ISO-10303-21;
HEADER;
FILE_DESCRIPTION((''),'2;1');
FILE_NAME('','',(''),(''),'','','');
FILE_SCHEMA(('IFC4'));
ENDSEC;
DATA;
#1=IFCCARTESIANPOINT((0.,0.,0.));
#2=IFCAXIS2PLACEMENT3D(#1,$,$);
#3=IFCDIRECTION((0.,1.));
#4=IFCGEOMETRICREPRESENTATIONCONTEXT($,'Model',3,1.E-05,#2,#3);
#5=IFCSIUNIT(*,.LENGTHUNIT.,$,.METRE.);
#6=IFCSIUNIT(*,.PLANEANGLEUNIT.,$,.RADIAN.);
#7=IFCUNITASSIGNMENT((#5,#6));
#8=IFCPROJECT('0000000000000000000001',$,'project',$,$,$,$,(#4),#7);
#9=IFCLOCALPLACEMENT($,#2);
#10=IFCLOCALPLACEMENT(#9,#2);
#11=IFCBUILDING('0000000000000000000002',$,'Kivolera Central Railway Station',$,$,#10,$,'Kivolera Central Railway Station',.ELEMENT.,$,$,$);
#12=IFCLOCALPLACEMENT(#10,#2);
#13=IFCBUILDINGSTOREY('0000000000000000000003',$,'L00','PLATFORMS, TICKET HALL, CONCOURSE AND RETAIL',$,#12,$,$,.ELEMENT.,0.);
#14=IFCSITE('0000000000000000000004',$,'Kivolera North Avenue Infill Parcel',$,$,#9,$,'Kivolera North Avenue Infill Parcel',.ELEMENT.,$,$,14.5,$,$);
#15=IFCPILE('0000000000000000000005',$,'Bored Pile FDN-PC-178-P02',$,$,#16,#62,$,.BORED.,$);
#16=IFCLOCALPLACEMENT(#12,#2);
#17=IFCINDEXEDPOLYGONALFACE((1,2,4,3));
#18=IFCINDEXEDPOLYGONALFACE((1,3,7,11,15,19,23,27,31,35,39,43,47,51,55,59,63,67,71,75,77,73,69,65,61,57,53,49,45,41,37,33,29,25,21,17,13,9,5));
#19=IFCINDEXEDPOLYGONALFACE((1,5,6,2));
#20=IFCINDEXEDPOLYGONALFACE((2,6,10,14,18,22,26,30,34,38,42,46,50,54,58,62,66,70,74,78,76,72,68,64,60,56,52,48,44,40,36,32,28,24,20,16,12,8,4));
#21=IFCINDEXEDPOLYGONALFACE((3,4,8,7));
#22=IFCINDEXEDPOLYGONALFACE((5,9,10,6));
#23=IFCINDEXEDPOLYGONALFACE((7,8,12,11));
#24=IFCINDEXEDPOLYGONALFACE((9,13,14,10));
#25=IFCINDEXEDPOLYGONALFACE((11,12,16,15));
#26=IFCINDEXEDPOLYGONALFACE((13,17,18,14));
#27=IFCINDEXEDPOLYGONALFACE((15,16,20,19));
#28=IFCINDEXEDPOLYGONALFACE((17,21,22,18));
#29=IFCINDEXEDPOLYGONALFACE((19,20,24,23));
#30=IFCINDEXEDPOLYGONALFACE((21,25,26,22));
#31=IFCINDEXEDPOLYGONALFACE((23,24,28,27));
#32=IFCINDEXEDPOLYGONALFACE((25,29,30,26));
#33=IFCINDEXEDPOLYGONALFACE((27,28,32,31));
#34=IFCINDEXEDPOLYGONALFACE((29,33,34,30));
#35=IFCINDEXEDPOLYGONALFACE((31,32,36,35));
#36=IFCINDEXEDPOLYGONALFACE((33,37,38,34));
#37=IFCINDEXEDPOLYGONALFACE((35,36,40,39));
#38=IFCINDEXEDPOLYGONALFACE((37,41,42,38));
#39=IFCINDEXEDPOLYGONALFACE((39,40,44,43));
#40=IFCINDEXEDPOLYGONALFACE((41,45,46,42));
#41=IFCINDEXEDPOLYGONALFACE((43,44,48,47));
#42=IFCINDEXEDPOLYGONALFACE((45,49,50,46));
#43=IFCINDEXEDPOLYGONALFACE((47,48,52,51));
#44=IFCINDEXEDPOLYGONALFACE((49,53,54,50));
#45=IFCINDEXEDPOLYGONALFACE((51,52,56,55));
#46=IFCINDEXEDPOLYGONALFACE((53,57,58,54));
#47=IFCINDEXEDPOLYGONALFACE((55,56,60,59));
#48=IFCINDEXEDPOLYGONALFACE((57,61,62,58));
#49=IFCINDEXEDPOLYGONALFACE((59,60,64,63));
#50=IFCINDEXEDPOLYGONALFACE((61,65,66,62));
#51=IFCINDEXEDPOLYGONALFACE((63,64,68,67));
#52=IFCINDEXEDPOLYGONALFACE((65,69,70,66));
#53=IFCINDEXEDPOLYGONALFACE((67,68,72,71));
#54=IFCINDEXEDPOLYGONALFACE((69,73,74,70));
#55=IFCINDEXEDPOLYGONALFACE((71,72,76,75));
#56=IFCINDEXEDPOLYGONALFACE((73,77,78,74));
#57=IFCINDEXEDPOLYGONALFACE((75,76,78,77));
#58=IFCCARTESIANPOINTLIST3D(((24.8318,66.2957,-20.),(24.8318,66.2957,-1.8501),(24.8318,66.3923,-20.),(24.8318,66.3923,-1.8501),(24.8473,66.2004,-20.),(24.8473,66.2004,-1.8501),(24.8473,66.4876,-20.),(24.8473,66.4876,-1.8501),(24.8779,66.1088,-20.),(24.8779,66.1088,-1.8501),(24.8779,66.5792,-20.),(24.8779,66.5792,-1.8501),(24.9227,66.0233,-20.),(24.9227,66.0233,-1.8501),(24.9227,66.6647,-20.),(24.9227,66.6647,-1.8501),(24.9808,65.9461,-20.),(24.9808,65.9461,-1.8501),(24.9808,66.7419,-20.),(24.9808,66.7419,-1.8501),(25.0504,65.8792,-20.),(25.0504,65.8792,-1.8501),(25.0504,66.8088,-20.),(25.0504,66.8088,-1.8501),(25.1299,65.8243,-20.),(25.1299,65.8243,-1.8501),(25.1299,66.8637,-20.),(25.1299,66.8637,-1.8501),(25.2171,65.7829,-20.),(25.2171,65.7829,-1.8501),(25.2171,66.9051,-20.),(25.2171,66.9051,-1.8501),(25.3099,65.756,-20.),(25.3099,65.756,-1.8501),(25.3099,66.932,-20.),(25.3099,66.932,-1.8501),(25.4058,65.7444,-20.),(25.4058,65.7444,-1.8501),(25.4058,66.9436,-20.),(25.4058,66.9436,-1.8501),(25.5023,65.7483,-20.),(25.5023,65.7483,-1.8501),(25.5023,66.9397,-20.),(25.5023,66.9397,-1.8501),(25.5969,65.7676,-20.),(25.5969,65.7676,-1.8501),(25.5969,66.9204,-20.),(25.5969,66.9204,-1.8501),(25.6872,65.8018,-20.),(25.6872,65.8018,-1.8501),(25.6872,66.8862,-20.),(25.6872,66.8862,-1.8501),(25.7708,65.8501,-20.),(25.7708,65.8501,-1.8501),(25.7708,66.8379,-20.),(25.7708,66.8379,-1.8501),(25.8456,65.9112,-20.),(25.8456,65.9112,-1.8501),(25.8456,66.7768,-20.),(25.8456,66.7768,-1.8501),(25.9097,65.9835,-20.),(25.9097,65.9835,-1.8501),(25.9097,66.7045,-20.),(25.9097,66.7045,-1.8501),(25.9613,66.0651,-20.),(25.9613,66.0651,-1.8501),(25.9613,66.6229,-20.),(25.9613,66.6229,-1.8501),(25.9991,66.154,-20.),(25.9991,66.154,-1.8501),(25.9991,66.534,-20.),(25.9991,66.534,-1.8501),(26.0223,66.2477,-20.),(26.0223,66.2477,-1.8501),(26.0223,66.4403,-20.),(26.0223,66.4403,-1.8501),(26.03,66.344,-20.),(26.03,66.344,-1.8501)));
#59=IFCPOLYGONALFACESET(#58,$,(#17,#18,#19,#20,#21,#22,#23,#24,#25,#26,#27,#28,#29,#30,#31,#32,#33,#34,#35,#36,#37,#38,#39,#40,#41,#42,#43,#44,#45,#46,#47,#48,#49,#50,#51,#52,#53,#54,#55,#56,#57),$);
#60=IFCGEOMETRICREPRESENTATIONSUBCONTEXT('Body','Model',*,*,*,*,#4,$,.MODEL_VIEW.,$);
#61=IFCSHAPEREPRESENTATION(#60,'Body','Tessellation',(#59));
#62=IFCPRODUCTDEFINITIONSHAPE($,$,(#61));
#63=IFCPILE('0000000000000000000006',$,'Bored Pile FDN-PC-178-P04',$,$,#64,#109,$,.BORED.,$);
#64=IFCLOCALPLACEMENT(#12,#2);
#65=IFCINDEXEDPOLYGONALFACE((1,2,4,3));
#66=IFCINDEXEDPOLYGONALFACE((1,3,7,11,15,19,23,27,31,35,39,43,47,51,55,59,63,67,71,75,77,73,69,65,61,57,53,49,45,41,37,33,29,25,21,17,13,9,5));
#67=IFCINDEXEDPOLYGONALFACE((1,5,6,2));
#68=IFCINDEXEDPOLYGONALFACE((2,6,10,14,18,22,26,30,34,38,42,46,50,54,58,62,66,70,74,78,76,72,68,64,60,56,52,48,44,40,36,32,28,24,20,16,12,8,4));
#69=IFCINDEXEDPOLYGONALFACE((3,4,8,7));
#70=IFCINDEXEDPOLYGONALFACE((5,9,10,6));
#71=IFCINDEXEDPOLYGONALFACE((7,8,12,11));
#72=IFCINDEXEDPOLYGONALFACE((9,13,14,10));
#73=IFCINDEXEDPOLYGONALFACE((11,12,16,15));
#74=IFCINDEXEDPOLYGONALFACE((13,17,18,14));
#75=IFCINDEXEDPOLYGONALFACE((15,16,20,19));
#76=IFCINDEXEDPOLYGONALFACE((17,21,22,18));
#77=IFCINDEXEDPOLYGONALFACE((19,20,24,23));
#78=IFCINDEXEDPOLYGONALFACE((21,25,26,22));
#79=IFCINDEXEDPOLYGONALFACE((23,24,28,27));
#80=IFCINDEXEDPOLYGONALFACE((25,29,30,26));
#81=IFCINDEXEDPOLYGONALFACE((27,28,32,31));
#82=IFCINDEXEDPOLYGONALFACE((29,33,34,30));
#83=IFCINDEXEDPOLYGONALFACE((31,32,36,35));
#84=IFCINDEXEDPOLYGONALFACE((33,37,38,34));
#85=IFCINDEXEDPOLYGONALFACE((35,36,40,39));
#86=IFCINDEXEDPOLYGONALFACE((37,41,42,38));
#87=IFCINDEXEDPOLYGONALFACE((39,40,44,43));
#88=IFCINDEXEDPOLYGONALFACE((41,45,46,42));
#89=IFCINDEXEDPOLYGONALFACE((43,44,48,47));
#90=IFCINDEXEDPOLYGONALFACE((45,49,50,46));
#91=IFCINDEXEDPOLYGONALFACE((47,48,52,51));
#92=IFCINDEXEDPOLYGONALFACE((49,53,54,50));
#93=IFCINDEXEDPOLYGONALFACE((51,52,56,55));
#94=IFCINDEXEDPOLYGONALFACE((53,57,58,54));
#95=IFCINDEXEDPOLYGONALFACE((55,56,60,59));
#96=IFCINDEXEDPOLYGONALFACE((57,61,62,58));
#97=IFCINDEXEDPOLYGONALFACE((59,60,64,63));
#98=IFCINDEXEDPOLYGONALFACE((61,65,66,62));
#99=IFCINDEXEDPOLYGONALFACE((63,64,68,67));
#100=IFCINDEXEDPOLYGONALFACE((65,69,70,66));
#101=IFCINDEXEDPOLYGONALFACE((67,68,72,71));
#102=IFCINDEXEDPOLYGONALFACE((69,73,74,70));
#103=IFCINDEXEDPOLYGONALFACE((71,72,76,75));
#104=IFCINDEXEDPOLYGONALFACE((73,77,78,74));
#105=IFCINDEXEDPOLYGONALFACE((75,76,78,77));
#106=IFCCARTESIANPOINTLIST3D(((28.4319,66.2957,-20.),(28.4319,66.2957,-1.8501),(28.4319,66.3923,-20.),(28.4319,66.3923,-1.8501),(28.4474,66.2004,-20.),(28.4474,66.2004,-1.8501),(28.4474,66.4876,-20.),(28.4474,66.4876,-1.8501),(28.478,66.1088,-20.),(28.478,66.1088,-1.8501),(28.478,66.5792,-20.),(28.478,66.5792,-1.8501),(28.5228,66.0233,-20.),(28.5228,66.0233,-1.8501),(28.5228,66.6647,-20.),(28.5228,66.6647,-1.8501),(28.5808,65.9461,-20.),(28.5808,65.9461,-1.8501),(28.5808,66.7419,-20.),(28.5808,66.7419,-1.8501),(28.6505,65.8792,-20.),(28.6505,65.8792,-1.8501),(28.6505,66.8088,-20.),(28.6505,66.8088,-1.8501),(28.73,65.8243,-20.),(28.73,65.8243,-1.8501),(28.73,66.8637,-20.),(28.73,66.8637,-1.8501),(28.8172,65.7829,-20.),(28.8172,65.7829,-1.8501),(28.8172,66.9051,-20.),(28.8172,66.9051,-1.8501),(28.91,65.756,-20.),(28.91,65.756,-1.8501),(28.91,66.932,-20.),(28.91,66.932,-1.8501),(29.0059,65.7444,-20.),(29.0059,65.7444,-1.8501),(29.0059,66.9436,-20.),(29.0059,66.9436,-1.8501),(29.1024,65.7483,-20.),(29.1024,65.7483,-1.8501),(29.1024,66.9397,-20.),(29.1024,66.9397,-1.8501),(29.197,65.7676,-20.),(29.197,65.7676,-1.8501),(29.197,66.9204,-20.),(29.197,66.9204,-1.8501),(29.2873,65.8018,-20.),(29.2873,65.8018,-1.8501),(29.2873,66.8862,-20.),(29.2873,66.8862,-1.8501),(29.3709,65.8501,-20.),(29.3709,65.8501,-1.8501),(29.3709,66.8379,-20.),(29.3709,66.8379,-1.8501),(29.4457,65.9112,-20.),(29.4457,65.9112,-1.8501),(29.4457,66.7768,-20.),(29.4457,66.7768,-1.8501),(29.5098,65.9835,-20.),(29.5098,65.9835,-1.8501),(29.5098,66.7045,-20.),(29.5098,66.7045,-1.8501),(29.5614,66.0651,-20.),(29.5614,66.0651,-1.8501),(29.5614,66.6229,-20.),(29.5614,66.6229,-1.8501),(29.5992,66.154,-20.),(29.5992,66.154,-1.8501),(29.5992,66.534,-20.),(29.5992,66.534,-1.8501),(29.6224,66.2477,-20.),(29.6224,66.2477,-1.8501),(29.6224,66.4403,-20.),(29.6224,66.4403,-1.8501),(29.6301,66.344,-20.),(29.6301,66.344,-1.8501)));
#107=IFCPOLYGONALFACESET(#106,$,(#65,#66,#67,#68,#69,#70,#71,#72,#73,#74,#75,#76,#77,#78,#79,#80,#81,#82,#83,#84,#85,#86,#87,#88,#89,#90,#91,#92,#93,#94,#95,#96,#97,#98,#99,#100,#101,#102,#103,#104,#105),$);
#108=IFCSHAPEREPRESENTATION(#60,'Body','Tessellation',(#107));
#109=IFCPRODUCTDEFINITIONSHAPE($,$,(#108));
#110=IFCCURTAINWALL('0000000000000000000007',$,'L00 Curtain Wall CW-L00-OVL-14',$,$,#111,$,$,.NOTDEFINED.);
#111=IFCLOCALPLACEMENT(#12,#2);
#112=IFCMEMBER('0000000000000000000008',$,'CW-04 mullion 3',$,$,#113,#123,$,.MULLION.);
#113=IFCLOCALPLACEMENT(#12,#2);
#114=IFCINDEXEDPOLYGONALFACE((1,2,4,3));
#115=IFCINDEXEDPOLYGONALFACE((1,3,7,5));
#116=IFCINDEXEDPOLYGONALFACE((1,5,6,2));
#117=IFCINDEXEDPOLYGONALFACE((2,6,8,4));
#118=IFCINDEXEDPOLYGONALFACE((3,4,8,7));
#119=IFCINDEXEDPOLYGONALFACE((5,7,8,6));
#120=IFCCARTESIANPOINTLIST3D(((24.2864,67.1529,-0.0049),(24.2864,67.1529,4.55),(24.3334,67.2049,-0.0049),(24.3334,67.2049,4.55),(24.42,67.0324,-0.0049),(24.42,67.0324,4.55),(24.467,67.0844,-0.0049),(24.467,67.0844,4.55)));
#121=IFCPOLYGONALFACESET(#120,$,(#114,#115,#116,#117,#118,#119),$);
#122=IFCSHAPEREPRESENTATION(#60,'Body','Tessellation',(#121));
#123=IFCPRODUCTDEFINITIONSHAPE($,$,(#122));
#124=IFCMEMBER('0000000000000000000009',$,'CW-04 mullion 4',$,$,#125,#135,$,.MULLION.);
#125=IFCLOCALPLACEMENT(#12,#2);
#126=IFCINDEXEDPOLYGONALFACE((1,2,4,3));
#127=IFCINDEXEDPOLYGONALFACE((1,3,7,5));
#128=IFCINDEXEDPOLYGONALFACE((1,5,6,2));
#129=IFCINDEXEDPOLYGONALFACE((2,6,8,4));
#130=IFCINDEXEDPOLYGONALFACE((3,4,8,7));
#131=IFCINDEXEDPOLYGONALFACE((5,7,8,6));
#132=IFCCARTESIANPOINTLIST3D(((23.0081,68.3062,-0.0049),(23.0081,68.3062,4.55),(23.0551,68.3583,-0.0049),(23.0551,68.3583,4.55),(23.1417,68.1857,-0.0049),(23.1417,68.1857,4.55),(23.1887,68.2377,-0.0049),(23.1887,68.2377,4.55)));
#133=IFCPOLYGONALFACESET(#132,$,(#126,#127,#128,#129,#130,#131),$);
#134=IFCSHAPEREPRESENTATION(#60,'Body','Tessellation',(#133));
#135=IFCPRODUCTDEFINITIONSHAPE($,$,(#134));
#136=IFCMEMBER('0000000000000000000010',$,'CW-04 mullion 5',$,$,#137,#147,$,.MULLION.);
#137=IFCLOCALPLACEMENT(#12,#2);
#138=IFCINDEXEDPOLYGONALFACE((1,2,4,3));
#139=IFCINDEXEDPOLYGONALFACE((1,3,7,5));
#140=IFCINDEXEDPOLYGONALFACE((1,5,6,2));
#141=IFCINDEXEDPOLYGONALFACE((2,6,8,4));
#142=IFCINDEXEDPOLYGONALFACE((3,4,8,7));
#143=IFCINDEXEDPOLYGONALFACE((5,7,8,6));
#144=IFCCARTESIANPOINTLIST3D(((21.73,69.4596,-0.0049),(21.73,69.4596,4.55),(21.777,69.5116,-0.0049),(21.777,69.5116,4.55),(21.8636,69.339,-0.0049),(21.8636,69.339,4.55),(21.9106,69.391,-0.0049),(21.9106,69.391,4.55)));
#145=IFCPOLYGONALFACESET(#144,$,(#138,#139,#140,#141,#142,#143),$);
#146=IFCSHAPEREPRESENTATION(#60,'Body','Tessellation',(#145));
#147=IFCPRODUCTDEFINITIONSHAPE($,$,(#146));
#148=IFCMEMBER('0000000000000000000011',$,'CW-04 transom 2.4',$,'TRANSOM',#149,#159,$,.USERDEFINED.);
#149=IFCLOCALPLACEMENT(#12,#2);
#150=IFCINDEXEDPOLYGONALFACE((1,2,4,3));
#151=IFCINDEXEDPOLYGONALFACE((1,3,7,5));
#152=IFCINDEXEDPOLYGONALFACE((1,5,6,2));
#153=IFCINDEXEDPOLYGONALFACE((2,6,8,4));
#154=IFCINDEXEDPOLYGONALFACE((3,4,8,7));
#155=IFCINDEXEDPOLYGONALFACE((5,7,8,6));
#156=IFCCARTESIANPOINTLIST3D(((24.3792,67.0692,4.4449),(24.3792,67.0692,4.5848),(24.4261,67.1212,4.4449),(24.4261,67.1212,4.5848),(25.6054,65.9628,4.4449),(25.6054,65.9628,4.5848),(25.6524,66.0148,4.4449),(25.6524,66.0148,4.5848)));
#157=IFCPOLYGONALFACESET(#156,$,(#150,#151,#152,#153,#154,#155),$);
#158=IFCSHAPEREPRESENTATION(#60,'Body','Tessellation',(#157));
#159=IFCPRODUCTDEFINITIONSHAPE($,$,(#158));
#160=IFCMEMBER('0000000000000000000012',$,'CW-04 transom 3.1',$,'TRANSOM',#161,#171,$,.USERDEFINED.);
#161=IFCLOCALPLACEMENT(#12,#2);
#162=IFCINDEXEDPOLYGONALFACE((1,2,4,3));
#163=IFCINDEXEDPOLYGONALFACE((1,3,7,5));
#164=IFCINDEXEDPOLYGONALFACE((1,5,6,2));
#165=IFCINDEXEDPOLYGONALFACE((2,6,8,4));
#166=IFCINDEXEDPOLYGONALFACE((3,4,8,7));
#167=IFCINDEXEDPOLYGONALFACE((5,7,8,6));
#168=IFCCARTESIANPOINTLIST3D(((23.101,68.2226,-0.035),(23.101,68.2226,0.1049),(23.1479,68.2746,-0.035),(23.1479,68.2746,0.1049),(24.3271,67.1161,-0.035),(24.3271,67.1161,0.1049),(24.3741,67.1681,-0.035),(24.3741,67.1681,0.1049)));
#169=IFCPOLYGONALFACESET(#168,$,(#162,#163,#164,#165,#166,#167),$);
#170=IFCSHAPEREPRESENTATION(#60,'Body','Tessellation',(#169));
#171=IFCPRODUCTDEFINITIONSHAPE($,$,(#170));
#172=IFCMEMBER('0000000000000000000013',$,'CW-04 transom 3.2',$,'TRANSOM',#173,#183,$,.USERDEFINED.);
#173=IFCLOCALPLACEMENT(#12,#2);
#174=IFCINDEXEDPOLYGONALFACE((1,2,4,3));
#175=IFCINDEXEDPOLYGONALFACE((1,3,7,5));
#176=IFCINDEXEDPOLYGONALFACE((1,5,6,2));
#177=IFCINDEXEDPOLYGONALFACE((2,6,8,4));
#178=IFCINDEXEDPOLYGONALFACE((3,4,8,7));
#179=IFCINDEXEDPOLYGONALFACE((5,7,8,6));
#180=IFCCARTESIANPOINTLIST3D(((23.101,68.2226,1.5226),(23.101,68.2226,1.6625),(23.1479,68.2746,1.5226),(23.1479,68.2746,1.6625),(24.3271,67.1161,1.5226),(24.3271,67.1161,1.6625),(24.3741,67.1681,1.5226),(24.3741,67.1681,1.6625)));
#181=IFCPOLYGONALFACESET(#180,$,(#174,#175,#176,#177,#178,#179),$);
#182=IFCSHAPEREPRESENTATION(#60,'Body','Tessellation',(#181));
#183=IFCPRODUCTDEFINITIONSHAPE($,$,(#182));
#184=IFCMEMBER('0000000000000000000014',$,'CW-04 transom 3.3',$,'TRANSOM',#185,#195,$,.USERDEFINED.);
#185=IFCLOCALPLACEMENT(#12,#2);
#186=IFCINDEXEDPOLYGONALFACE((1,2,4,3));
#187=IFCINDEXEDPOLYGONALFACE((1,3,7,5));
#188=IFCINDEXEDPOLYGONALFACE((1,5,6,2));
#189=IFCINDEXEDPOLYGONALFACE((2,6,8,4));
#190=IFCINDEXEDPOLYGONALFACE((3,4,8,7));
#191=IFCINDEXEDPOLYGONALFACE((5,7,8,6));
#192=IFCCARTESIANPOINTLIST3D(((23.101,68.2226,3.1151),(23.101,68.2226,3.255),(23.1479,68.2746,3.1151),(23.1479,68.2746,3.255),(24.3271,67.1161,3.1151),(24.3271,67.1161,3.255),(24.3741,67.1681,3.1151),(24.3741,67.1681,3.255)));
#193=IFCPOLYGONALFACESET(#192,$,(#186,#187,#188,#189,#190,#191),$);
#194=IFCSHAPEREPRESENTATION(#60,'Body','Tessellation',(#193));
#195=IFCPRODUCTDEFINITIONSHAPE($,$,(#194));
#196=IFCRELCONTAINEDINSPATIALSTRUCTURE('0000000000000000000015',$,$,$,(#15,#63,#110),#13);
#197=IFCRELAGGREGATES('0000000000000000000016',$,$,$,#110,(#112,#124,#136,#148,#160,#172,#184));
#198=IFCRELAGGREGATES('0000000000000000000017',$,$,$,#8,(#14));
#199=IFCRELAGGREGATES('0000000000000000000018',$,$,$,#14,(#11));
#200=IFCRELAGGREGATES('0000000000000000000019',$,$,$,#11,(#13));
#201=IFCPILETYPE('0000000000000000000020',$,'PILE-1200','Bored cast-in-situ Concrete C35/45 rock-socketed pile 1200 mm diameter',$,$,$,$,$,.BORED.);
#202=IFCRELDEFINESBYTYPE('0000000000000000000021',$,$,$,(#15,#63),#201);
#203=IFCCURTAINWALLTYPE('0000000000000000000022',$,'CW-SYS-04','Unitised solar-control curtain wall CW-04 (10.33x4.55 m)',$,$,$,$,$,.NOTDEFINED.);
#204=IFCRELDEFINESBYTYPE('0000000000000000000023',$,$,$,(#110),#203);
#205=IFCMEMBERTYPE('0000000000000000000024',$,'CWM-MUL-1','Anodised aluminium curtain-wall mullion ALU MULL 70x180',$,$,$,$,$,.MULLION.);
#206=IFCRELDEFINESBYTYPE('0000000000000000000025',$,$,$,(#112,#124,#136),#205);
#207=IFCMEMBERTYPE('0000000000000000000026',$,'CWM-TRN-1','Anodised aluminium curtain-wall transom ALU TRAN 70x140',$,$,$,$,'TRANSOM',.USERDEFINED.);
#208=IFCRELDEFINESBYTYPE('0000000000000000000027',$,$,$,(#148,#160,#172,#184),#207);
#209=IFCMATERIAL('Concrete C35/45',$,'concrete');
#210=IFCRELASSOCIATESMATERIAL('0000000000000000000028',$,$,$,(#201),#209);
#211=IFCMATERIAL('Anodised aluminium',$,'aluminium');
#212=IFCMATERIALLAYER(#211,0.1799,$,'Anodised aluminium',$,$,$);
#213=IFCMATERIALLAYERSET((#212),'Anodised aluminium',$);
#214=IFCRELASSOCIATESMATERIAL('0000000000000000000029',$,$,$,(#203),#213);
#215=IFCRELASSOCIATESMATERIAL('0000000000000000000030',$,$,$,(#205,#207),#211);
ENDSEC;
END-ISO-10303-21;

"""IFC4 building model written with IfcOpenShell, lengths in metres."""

from ifc_helpers import new_model, si_unit, direction, frame, origin, origin_2d, place, context, subcontext, project, spatial, rectangle, circle, extrude, material, layer, layer_set, material_profile, profile_set, type_object, element, aggregate, save


model = new_model("IFC4")

# Units and contexts
model_context = context("Model", 3, precision=1e-05, world=origin(), true_north=direction((0.0, 1.0)))
body_context = subcontext(model_context, "Body", "Model", "MODEL_VIEW")
ifc_project = project(units=[si_unit("LENGTHUNIT", "METRE"), si_unit("PLANEANGLEUNIT", "RADIAN")], contexts=[model_context])

# Site, building, storey
site_placement = place(None, origin())
site = spatial("IfcSite", under=ifc_project, at=site_placement, Name="Kivolera North Avenue Infill Parcel", LongName="Kivolera North Avenue Infill Parcel", CompositionType="ELEMENT", RefElevation=14.5)
building_placement = place(site_placement, origin())
building = spatial("IfcBuilding", under=site, at=building_placement, Name="Kivolera Central Railway Station", LongName="Kivolera Central Railway Station", CompositionType="ELEMENT")
storey_placement = place(building_placement, origin())
storey = spatial("IfcBuildingStorey", under=building, at=storey_placement, Name="L00", Description="PLATFORMS, TICKET HALL, CONCOURSE AND RETAIL", CompositionType="ELEMENT", Elevation=0.0)

# Piles
ifc_material_1 = material(Name="Concrete C35/45", Category="concrete")
ifc_material_profile_1 = material_profile(ifc_material_1, circle(Radius=0.6001, at=origin_2d()), Name="PILE D1200")
ifc_profile_set_1 = profile_set([ifc_material_profile_1], Name="Concrete C35/45")
pile_type = type_object("IfcPileType", Name="PILE-1200", Description="Bored cast-in-situ Concrete C35/45 rock-socketed pile 1200 mm diameter", PredefinedType="BORED", material=ifc_profile_set_1)
for number, where, z_axis, x_axis, name in (
    (1, (25.4299, 66.344, -1.8501), (0.0, 0.0, -1.0), (1.0, 0.0, 0.0), "Bored Pile FDN-PC-178-P02"),
    (2, (29.03, 66.344, -1.8501), (0.0, 0.0, -1.0), (1.0, 0.0, 0.0), "Bored Pile FDN-PC-178-P04"),
):
    element("IfcPile", number, at=place(storey_placement, frame(where, z_axis=z_axis, x_axis=x_axis)), inside=storey, type_object=pile_type, Name=name, PredefinedType="BORED", context=body_context, shape_type="SweptSolid", body=[
        extrude(circle(Radius=0.6001, at=origin_2d()), origin(), (0.0, 0.0, 1.0), 18.1499),
    ])

# Curtain wall, members
ifc_material_2 = material(Name="Anodised aluminium", Category="aluminium")
ifc_layer_1 = layer(ifc_material_2, 0.1799, Name="Anodised aluminium")
ifc_layer_set_1 = layer_set([ifc_layer_1], Name="Anodised aluminium")
curtain_wall_type = type_object("IfcCurtainWallType", Name="CW-SYS-04", Description="Unitised solar-control curtain wall CW-04 (10.33x4.55 m)", PredefinedType="NOTDEFINED", material=ifc_layer_set_1)
curtain_wall_placement = place(storey_placement, origin())
curtain_wall = element("IfcCurtainWall", 3, at=curtain_wall_placement, inside=storey, type_object=curtain_wall_type, Name="L00 Curtain Wall CW-L00-OVL-14", PredefinedType="NOTDEFINED")
ifc_material_profile_2 = material_profile(ifc_material_2, rectangle(XDim=0.0701, YDim=0.1799, at=origin_2d()), Name="ALU MULL 70x180")
ifc_profile_set_2 = profile_set([ifc_material_profile_2], Name="Anodised aluminium")
member_type_1 = type_object("IfcMemberType", Name="CWM-MUL-1", Description="Anodised aluminium curtain-wall mullion ALU MULL 70x180", PredefinedType="MULLION", material=ifc_profile_set_2)
member_1_placement = place(storey_placement, frame((24.3767, 67.1187, -0.0049), z_axis=(0.0, 0.0, 1.0), x_axis=(-0.669922, -0.742432, 0.0)))
member_1 = element("IfcMember", 4, at=member_1_placement, type_object=member_type_1, Name="CW-04 mullion 3", PredefinedType="MULLION", context=body_context, shape_type="SweptSolid", body=[
    extrude(rectangle(XDim=0.0701, YDim=0.1799, at=origin_2d()), origin(), (0.0, 0.0, 1.0), 4.5549),
])
member_2_placement = place(storey_placement, frame((23.0984, 68.272, -0.0049), z_axis=(0.0, 0.0, 1.0), x_axis=(-0.669922, -0.742432, 0.0)))
member_2 = element("IfcMember", 5, at=member_2_placement, type_object=member_type_1, Name="CW-04 mullion 4", PredefinedType="MULLION", context=body_context, shape_type="SweptSolid", body=[
    extrude(rectangle(XDim=0.0701, YDim=0.1799, at=origin_2d()), origin(), (0.0, 0.0, 1.0), 4.5549),
])
member_3_placement = place(storey_placement, frame((21.8203, 69.4253, -0.0049), z_axis=(0.0, 0.0, 1.0), x_axis=(-0.669922, -0.742432, 0.0)))
member_3 = element("IfcMember", 6, at=member_3_placement, type_object=member_type_1, Name="CW-04 mullion 5", PredefinedType="MULLION", context=body_context, shape_type="SweptSolid", body=[
    extrude(rectangle(XDim=0.0701, YDim=0.1799, at=origin_2d()), origin(), (0.0, 0.0, 1.0), 4.5549),
])
ifc_material_profile_3 = material_profile(ifc_material_2, rectangle(XDim=0.0701, YDim=0.1399, at=origin_2d()), Name="ALU TRAN 70x140")
ifc_profile_set_3 = profile_set([ifc_material_profile_3], Name="Anodised aluminium")
member_type_2 = type_object("IfcMemberType", Name="CWM-TRN-1", Description="Anodised aluminium curtain-wall transom ALU TRAN 70x140", ElementType="TRANSOM", PredefinedType="USERDEFINED", material=ifc_profile_set_3)
member_4_placement = place(storey_placement, frame((25.6289, 65.9888, 4.5149), z_axis=(-0.742463, 0.669887, 0.0), x_axis=(-0.669887, -0.742463, 0.0)))
member_4 = element("IfcMember", 7, at=member_4_placement, type_object=member_type_2, Name="CW-04 transom 2.4", ObjectType="TRANSOM", PredefinedType="USERDEFINED", context=body_context, shape_type="SweptSolid", body=[
    extrude(rectangle(XDim=0.0701, YDim=0.1399, at=origin_2d()), origin(), (0.0, 0.0, 1.0), 1.6516),
])
member_5_placement = place(storey_placement, frame((24.3506, 67.1421, 0.0349), z_axis=(-0.742397, 0.669961, 0.0), x_axis=(-0.669961, -0.742397, 0.0)))
member_5 = element("IfcMember", 8, at=member_5_placement, type_object=member_type_2, Name="CW-04 transom 3.1", ObjectType="TRANSOM", PredefinedType="USERDEFINED", context=body_context, shape_type="SweptSolid", body=[
    extrude(rectangle(XDim=0.0701, YDim=0.1399, at=origin_2d()), origin(), (0.0, 0.0, 1.0), 1.6516),
])
member_6_placement = place(storey_placement, frame((24.3506, 67.1421, 1.5925), z_axis=(-0.742397, 0.669961, 0.0), x_axis=(-0.669961, -0.742397, 0.0)))
member_6 = element("IfcMember", 9, at=member_6_placement, type_object=member_type_2, Name="CW-04 transom 3.2", ObjectType="TRANSOM", PredefinedType="USERDEFINED", context=body_context, shape_type="SweptSolid", body=[
    extrude(rectangle(XDim=0.0701, YDim=0.1399, at=origin_2d()), origin(), (0.0, 0.0, 1.0), 1.6516),
])
member_7_placement = place(storey_placement, frame((24.3506, 67.1421, 3.1851), z_axis=(-0.742397, 0.669961, 0.0), x_axis=(-0.669961, -0.742397, 0.0)))
member_7 = element("IfcMember", 10, at=member_7_placement, type_object=member_type_2, Name="CW-04 transom 3.3", ObjectType="TRANSOM", PredefinedType="USERDEFINED", context=body_context, shape_type="SweptSolid", body=[
    extrude(rectangle(XDim=0.0701, YDim=0.1399, at=origin_2d()), origin(), (0.0, 0.0, 1.0), 1.6516),
])
aggregate(curtain_wall, [member_1, member_2, member_3, member_4, member_5, member_6, member_7])

save(model, "model.ifc")
